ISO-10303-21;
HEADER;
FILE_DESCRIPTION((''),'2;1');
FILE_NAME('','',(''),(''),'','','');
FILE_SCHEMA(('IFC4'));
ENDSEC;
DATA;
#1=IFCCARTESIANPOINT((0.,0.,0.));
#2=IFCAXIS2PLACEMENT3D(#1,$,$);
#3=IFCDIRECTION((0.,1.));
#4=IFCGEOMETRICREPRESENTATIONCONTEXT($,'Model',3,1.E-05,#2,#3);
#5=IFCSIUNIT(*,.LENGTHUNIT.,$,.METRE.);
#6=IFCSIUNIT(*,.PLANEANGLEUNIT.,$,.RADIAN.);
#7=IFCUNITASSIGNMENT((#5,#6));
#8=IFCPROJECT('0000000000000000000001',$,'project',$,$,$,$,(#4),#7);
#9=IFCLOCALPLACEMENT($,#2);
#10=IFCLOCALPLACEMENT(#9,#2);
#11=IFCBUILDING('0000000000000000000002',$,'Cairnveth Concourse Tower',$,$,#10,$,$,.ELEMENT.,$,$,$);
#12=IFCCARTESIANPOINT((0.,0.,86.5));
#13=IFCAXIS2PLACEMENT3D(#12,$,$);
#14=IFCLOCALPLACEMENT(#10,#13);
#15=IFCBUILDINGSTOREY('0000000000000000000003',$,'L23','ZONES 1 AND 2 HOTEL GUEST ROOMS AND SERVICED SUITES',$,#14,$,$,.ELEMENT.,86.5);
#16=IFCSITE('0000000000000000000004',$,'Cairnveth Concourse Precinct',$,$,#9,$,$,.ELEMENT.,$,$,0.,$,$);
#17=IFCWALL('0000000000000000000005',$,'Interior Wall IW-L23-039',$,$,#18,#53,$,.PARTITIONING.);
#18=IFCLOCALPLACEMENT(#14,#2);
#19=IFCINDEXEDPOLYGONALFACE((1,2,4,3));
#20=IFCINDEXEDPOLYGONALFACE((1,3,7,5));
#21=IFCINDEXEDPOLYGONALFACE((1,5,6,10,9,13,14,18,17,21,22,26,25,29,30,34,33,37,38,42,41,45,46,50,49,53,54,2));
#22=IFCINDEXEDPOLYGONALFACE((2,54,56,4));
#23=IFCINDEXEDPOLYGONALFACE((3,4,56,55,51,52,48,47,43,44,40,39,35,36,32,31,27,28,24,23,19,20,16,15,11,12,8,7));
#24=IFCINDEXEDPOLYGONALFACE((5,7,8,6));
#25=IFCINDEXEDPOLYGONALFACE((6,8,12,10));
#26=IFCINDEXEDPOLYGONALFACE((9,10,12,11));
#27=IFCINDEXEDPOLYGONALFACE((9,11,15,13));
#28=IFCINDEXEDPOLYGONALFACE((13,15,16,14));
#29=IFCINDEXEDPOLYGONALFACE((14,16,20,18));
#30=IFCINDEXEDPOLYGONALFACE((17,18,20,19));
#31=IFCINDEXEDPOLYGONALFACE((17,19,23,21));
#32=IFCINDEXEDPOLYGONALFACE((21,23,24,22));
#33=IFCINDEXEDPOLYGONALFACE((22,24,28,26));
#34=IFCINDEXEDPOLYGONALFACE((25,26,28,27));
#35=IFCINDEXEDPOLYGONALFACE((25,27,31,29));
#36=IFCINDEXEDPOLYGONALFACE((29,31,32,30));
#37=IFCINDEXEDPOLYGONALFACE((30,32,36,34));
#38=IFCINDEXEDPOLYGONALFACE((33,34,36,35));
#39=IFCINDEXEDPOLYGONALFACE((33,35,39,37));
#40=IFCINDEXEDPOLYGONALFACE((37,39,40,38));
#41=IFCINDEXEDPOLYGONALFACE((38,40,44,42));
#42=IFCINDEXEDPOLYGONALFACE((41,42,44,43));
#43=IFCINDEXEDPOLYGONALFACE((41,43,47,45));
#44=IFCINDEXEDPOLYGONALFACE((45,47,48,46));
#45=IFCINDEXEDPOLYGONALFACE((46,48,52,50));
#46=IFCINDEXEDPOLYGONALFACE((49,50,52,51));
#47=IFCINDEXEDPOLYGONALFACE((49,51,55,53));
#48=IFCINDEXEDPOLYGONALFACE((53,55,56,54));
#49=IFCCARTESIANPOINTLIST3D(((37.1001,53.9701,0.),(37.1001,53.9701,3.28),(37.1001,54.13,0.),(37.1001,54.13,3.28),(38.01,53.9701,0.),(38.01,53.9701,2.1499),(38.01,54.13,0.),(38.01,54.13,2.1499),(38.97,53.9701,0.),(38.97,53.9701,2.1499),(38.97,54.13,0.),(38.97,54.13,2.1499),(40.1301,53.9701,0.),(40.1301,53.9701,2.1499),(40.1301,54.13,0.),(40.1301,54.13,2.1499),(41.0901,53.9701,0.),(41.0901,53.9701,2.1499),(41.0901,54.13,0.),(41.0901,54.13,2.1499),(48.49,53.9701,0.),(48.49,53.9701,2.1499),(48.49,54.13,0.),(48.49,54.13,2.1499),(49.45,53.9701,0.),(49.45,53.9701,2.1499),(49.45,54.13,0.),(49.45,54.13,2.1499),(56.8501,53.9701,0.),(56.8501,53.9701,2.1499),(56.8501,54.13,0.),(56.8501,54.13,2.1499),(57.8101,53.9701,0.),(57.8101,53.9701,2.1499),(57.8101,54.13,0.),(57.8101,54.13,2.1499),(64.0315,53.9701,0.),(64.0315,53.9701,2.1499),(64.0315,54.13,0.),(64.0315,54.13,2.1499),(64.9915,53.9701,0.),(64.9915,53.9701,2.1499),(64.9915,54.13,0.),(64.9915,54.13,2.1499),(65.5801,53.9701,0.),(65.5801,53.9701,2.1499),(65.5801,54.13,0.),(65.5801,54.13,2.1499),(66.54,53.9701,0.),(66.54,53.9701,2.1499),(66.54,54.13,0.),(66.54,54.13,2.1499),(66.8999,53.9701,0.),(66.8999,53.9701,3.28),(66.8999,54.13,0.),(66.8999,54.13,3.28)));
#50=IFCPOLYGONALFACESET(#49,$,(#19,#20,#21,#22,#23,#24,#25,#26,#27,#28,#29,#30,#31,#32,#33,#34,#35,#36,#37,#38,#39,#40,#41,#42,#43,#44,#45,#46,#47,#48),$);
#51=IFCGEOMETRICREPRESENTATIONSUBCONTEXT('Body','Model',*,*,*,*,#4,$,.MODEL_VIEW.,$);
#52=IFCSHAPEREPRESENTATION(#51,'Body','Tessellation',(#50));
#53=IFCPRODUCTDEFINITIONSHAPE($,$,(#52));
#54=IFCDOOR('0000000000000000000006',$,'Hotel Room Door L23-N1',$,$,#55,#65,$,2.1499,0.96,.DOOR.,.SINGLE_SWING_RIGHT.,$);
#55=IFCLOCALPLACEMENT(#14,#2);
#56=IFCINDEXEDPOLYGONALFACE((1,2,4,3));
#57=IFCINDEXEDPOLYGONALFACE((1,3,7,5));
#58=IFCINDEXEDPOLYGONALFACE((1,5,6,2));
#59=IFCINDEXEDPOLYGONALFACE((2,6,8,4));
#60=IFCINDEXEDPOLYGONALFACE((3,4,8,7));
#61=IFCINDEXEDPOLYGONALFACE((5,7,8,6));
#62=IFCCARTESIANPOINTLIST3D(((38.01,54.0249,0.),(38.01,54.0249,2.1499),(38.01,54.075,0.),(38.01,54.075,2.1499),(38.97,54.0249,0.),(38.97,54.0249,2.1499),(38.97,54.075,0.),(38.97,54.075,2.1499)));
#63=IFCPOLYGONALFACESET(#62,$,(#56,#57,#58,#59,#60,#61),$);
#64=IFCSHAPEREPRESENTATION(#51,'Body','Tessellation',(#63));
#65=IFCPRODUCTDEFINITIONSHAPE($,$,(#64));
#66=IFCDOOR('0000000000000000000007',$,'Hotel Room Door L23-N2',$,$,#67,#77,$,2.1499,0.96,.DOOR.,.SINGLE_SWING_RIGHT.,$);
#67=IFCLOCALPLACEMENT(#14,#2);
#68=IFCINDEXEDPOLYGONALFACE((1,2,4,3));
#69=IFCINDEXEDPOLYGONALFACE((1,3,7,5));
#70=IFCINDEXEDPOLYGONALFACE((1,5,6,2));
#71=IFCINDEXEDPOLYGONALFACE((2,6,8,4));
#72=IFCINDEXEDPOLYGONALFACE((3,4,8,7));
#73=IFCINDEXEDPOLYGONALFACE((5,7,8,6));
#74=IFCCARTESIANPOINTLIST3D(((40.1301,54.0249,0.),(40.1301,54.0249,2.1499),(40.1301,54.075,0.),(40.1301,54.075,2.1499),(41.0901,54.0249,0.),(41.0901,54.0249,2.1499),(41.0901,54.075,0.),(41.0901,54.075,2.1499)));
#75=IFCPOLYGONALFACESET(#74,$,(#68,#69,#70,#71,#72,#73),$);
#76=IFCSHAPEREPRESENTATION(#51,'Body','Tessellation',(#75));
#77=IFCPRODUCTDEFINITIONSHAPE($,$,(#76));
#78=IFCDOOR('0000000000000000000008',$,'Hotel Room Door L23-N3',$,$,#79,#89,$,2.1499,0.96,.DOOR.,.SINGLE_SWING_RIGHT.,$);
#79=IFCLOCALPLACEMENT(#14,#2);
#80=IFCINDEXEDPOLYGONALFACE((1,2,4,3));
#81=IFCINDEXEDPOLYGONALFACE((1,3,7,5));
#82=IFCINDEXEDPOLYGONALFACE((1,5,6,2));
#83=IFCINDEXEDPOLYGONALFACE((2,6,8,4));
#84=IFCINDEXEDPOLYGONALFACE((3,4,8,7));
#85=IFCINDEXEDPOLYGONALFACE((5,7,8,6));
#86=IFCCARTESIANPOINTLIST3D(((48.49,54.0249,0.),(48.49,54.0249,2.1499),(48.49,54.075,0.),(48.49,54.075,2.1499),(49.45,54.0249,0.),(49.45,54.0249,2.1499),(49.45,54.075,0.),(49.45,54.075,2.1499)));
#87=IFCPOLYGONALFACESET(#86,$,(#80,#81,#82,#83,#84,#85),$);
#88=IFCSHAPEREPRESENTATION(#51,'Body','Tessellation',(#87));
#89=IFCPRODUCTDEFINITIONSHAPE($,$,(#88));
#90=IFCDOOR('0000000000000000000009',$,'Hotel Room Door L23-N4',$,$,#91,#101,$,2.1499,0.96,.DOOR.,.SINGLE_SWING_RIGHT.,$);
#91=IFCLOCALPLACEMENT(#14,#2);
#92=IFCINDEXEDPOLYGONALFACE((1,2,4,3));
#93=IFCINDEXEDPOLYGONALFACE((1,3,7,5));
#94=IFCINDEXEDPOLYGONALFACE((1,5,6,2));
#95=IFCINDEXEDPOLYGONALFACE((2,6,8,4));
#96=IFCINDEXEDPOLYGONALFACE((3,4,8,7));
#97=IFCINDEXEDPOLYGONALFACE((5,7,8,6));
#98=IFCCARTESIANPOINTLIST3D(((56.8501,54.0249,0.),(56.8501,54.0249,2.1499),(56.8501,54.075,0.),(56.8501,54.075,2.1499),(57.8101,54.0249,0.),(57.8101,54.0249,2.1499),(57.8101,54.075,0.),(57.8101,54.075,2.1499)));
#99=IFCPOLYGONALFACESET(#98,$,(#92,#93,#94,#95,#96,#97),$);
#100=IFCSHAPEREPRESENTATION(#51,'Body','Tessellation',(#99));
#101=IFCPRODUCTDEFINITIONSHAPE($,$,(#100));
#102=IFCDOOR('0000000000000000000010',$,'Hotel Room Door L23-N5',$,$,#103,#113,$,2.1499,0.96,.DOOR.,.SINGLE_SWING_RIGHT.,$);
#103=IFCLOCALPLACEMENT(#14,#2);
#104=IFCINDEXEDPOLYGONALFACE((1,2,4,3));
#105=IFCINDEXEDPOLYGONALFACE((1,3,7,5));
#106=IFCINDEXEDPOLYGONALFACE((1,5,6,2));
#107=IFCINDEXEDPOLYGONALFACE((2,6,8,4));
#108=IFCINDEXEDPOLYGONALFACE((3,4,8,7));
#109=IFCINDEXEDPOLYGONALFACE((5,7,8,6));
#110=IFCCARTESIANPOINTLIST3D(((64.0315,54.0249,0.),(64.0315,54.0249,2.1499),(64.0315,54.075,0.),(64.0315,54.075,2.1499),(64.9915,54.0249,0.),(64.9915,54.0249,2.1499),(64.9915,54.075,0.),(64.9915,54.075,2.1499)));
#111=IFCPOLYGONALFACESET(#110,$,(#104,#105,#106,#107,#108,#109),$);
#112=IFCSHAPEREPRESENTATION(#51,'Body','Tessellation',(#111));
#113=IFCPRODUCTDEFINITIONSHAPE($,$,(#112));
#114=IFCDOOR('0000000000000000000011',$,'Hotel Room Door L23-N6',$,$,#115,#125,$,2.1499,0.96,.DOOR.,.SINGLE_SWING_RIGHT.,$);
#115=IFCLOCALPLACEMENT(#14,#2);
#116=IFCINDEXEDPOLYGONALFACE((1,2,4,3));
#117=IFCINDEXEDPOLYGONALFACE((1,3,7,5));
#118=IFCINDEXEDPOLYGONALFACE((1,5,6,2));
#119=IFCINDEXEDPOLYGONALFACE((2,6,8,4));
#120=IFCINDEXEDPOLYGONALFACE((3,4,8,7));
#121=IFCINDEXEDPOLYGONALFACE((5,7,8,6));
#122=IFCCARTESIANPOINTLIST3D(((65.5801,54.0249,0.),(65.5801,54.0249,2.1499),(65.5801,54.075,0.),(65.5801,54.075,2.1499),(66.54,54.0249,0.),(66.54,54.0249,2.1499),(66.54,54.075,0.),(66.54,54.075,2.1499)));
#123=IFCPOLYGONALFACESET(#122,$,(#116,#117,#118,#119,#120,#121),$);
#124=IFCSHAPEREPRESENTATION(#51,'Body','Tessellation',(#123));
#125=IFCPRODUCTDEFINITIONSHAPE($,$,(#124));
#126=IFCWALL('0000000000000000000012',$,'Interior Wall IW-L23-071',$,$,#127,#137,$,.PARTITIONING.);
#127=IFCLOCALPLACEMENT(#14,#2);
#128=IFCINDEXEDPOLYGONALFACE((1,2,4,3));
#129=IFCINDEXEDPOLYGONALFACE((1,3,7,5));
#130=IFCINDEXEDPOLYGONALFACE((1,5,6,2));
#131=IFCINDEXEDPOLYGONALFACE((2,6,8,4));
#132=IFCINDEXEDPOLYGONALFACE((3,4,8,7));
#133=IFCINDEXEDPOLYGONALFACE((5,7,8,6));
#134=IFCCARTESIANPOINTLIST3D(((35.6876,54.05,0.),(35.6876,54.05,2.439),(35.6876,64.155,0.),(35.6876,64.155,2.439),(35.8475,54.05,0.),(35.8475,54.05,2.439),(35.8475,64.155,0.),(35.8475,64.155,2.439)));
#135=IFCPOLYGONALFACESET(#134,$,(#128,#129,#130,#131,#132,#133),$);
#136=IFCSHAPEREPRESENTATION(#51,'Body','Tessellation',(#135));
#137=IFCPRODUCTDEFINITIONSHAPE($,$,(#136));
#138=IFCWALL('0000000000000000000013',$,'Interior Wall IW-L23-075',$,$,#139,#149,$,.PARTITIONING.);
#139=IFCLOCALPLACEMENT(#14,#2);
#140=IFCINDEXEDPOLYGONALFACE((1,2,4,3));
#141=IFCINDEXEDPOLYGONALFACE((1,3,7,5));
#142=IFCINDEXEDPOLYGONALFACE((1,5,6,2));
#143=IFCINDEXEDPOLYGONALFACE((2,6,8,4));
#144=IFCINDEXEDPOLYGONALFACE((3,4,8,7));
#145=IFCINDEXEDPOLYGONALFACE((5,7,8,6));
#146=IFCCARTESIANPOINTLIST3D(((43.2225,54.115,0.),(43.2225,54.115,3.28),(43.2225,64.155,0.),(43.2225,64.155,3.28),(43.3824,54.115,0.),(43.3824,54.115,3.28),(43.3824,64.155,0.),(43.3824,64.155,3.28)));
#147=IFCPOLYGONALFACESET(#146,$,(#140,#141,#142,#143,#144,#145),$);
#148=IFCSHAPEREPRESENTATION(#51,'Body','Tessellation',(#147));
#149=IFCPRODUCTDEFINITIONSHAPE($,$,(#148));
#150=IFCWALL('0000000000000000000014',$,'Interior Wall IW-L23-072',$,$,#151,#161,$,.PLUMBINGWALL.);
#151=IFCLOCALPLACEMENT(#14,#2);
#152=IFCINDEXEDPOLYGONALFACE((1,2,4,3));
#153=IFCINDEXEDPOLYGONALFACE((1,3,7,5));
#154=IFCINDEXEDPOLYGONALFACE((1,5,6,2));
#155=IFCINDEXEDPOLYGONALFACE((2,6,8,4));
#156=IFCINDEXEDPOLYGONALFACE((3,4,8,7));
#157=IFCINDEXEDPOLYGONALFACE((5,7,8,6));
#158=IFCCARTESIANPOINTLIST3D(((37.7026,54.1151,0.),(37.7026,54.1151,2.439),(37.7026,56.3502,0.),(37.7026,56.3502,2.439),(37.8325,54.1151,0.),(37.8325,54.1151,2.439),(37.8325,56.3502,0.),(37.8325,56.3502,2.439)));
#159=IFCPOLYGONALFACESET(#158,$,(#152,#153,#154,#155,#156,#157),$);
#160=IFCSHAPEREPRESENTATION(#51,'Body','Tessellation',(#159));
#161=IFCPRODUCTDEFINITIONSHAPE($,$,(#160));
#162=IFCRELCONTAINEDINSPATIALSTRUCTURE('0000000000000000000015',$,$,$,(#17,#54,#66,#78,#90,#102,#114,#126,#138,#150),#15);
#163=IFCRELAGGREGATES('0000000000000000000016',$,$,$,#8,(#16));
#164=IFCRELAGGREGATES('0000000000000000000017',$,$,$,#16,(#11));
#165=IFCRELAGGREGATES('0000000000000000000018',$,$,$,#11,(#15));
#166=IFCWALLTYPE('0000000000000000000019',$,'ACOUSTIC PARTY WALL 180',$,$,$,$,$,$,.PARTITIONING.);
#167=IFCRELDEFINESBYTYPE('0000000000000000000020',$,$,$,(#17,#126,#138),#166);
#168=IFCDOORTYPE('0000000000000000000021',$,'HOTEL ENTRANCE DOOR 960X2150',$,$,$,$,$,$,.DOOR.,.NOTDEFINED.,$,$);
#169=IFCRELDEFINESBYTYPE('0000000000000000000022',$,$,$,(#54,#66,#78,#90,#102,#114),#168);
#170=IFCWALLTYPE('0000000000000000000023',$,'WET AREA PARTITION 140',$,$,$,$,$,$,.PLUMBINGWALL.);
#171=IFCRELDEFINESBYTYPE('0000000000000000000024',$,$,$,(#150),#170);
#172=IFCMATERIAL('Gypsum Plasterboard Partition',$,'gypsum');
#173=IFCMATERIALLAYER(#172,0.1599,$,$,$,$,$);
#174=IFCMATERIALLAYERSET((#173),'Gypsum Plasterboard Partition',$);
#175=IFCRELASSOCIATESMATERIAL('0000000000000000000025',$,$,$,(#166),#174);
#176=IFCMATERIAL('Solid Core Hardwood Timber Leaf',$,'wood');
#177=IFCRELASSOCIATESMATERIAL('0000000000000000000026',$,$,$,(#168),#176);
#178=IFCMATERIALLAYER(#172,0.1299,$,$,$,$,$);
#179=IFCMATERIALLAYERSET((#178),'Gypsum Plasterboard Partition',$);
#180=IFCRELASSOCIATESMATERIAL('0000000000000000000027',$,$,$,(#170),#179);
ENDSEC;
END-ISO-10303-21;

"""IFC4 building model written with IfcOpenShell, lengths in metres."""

from ifc_helpers import new_model, si_unit, direction, frame, frame_2d, origin, place, context, subcontext, project, spatial, rectangle, extrude, material, layer, layer_set, type_object, element, fill, save


model = new_model("IFC4")

# Units and contexts
model_context = context("Model", 3, precision=1e-05, world=origin(), true_north=direction((0.0, 1.0)))
body_context = subcontext(model_context, "Body", "Model", "MODEL_VIEW")
ifc_project = project(units=[si_unit("LENGTHUNIT", "METRE"), si_unit("PLANEANGLEUNIT", "RADIAN")], contexts=[model_context])

# Site, building, storey
site_placement = place(None, origin())
site = spatial("IfcSite", under=ifc_project, at=site_placement, Name="Cairnveth Concourse Precinct", CompositionType="ELEMENT", RefElevation=0.0)
building_placement = place(site_placement, origin())
building = spatial("IfcBuilding", under=site, at=building_placement, Name="Cairnveth Concourse Tower", CompositionType="ELEMENT")
storey_placement = place(building_placement, frame((0.0, 0.0, 86.5)))
storey = spatial("IfcBuildingStorey", under=building, at=storey_placement, Name="L23", Description="ZONES 1 AND 2 HOTEL GUEST ROOMS AND SERVICED SUITES", CompositionType="ELEMENT", Elevation=86.5)

# Wall, openings, doors
ifc_material_1 = material(Name="Gypsum Plasterboard Partition", Category="gypsum")
ifc_layer_1 = layer(ifc_material_1, 0.1599)
ifc_layer_set_1 = layer_set([ifc_layer_1], Name="Gypsum Plasterboard Partition")
wall_type_1 = type_object("IfcWallType", Name="ACOUSTIC PARTY WALL 180", PredefinedType="PARTITIONING", material=ifc_layer_set_1)
wall_1_placement = place(storey_placement, frame((37.1001, 54.05, 0.0), z_axis=(0.0, 0.0, 1.0), x_axis=(1.0, 0.0, 0.0)))
wall_1 = element("IfcWall", 1, at=wall_1_placement, inside=storey, type_object=wall_type_1, Name="Interior Wall IW-L23-039", PredefinedType="PARTITIONING", context=body_context, shape_type="SweptSolid", body=[
    extrude(rectangle(XDim=29.7998, YDim=0.1599, at=frame_2d((14.8999, 0.0))), origin(), (0.0, 0.0, 1.0), 3.28),
])
opening_1_placement = place(wall_1_placement, frame((0.9099, 0.0, 0.0)))
opening_1 = element("IfcOpeningElement", 2, at=opening_1_placement, cuts=wall_1, PredefinedType="OPENING", context=body_context, shape_type="SweptSolid", body=[
    extrude(rectangle(XDim=0.96, YDim=2.1499, at=frame_2d((0.48, 1.075))), frame((0.0, 0.0898, 0.0), z_axis=(0.0, -1.0, 0.0), x_axis=(1.0, 0.0, 0.0)), (0.0, 0.0, 1.0), 0.1799),
])
opening_2_placement = place(wall_1_placement, frame((3.03, 0.0, 0.0)))
opening_2 = element("IfcOpeningElement", 3, at=opening_2_placement, cuts=wall_1, PredefinedType="OPENING", context=body_context, shape_type="SweptSolid", body=[
    extrude(rectangle(XDim=0.96, YDim=2.1499, at=frame_2d((0.48, 1.075))), frame((0.0, 0.0898, 0.0), z_axis=(0.0, -1.0, 0.0), x_axis=(1.0, 0.0, 0.0)), (0.0, 0.0, 1.0), 0.1799),
])
opening_3_placement = place(wall_1_placement, frame((11.3899, 0.0, 0.0)))
opening_3 = element("IfcOpeningElement", 4, at=opening_3_placement, cuts=wall_1, PredefinedType="OPENING", context=body_context, shape_type="SweptSolid", body=[
    extrude(rectangle(XDim=0.96, YDim=2.1499, at=frame_2d((0.48, 1.075))), frame((0.0, 0.0898, 0.0), z_axis=(0.0, -1.0, 0.0), x_axis=(1.0, 0.0, 0.0)), (0.0, 0.0, 1.0), 0.1799),
])
opening_4_placement = place(wall_1_placement, frame((19.75, 0.0, 0.0)))
opening_4 = element("IfcOpeningElement", 5, at=opening_4_placement, cuts=wall_1, PredefinedType="OPENING", context=body_context, shape_type="SweptSolid", body=[
    extrude(rectangle(XDim=0.96, YDim=2.1499, at=frame_2d((0.48, 1.075))), frame((0.0, 0.0898, 0.0), z_axis=(0.0, -1.0, 0.0), x_axis=(1.0, 0.0, 0.0)), (0.0, 0.0, 1.0), 0.1799),
])
opening_5_placement = place(wall_1_placement, frame((26.9314, 0.0, 0.0)))
opening_5 = element("IfcOpeningElement", 6, at=opening_5_placement, cuts=wall_1, PredefinedType="OPENING", context=body_context, shape_type="SweptSolid", body=[
    extrude(rectangle(XDim=0.96, YDim=2.1499, at=frame_2d((0.48, 1.075))), frame((0.0, 0.0898, 0.0), z_axis=(0.0, -1.0, 0.0), x_axis=(1.0, 0.0, 0.0)), (0.0, 0.0, 1.0), 0.1799),
])
opening_6_placement = place(wall_1_placement, frame((28.48, 0.0, 0.0)))
opening_6 = element("IfcOpeningElement", 7, at=opening_6_placement, cuts=wall_1, PredefinedType="OPENING", context=body_context, shape_type="SweptSolid", body=[
    extrude(rectangle(XDim=0.96, YDim=2.1499, at=frame_2d((0.48, 1.075))), frame((0.0, 0.0898, 0.0), z_axis=(0.0, -1.0, 0.0), x_axis=(1.0, 0.0, 0.0)), (0.0, 0.0, 1.0), 0.1799),
])
ifc_material_2 = material(Name="Solid Core Hardwood Timber Leaf", Category="wood")
door_type_1 = type_object("IfcDoorType", Name="HOTEL ENTRANCE DOOR 960X2150", OperationType="NOTDEFINED", PredefinedType="DOOR", material=ifc_material_2)
door_1_placement = place(opening_1_placement, origin())
door_1 = element("IfcDoor", 8, at=door_1_placement, inside=storey, type_object=door_type_1, Name="Hotel Room Door L23-N1", OperationType="SINGLE_SWING_RIGHT", OverallHeight=2.1499, OverallWidth=0.96, PredefinedType="DOOR", context=body_context, shape_type="SweptSolid", body=[
    extrude(rectangle(XDim=0.96, YDim=2.1499, at=frame_2d((0.48, 1.075))), frame((0.0, 0.0249, 0.0), z_axis=(0.0, -1.0, 0.0), x_axis=(1.0, 0.0, 0.0)), (0.0, 0.0, 1.0), 0.05),
])
fill(opening_1, door_1)
door_2_placement = place(opening_2_placement, origin())
door_2 = element("IfcDoor", 9, at=door_2_placement, inside=storey, type_object=door_type_1, Name="Hotel Room Door L23-N2", OperationType="SINGLE_SWING_RIGHT", OverallHeight=2.1499, OverallWidth=0.96, PredefinedType="DOOR", context=body_context, shape_type="SweptSolid", body=[
    extrude(rectangle(XDim=0.96, YDim=2.1499, at=frame_2d((0.48, 1.075))), frame((0.0, 0.0249, 0.0), z_axis=(0.0, -1.0, 0.0), x_axis=(1.0, 0.0, 0.0)), (0.0, 0.0, 1.0), 0.05),
])
fill(opening_2, door_2)
door_3_placement = place(opening_3_placement, origin())
door_3 = element("IfcDoor", 10, at=door_3_placement, inside=storey, type_object=door_type_1, Name="Hotel Room Door L23-N3", OperationType="SINGLE_SWING_RIGHT", OverallHeight=2.1499, OverallWidth=0.96, PredefinedType="DOOR", context=body_context, shape_type="SweptSolid", body=[
    extrude(rectangle(XDim=0.96, YDim=2.1499, at=frame_2d((0.48, 1.075))), frame((0.0, 0.0249, 0.0), z_axis=(0.0, -1.0, 0.0), x_axis=(1.0, 0.0, 0.0)), (0.0, 0.0, 1.0), 0.05),
])
fill(opening_3, door_3)
door_4_placement = place(opening_4_placement, origin())
door_4 = element("IfcDoor", 11, at=door_4_placement, inside=storey, type_object=door_type_1, Name="Hotel Room Door L23-N4", OperationType="SINGLE_SWING_RIGHT", OverallHeight=2.1499, OverallWidth=0.96, PredefinedType="DOOR", context=body_context, shape_type="SweptSolid", body=[
    extrude(rectangle(XDim=0.96, YDim=2.1499, at=frame_2d((0.48, 1.075))), frame((0.0, 0.0249, 0.0), z_axis=(0.0, -1.0, 0.0), x_axis=(1.0, 0.0, 0.0)), (0.0, 0.0, 1.0), 0.05),
])
fill(opening_4, door_4)
door_5_placement = place(opening_5_placement, origin())
door_5 = element("IfcDoor", 12, at=door_5_placement, inside=storey, type_object=door_type_1, Name="Hotel Room Door L23-N5", OperationType="SINGLE_SWING_RIGHT", OverallHeight=2.1499, OverallWidth=0.96, PredefinedType="DOOR", context=body_context, shape_type="SweptSolid", body=[
    extrude(rectangle(XDim=0.96, YDim=2.1499, at=frame_2d((0.48, 1.075))), frame((0.0, 0.0249, 0.0), z_axis=(0.0, -1.0, 0.0), x_axis=(1.0, 0.0, 0.0)), (0.0, 0.0, 1.0), 0.05),
])
fill(opening_5, door_5)
door_6_placement = place(opening_6_placement, origin())
door_6 = element("IfcDoor", 13, at=door_6_placement, inside=storey, type_object=door_type_1, Name="Hotel Room Door L23-N6", OperationType="SINGLE_SWING_RIGHT", OverallHeight=2.1499, OverallWidth=0.96, PredefinedType="DOOR", context=body_context, shape_type="SweptSolid", body=[
    extrude(rectangle(XDim=0.96, YDim=2.1499, at=frame_2d((0.48, 1.075))), frame((0.0, 0.0249, 0.0), z_axis=(0.0, -1.0, 0.0), x_axis=(1.0, 0.0, 0.0)), (0.0, 0.0, 1.0), 0.05),
])
fill(opening_6, door_6)

# Walls
wall_2_placement = place(storey_placement, frame((35.7676, 54.05, 0.0), z_axis=(0.0, 0.0, 1.0), x_axis=(0.0, 1.0, 0.0)))
element("IfcWall", 14, at=wall_2_placement, inside=storey, type_object=wall_type_1, Name="Interior Wall IW-L23-071", PredefinedType="PARTITIONING", context=body_context, shape_type="SweptSolid", body=[
    extrude(rectangle(XDim=10.105, YDim=0.1599, at=frame_2d((5.0525, 0.0))), origin(), (0.0, 0.0, 1.0), 2.439),
])
wall_3_placement = place(storey_placement, frame((43.3025, 54.115, 0.0), z_axis=(0.0, 0.0, 1.0), x_axis=(0.0, 1.0, 0.0)))
element("IfcWall", 15, at=wall_3_placement, inside=storey, type_object=wall_type_1, Name="Interior Wall IW-L23-075", PredefinedType="PARTITIONING", context=body_context, shape_type="SweptSolid", body=[
    extrude(rectangle(XDim=10.04, YDim=0.1599, at=frame_2d((5.02, 0.0))), origin(), (0.0, 0.0, 1.0), 3.28),
])
ifc_layer_2 = layer(ifc_material_1, 0.1299)
ifc_layer_set_2 = layer_set([ifc_layer_2], Name="Gypsum Plasterboard Partition")
wall_type_2 = type_object("IfcWallType", Name="WET AREA PARTITION 140", PredefinedType="PLUMBINGWALL", material=ifc_layer_set_2)
wall_4_placement = place(storey_placement, frame((37.7676, 54.115, 0.0), z_axis=(0.0, 0.0, 1.0), x_axis=(0.0, 1.0, 0.0)))
element("IfcWall", 16, at=wall_4_placement, inside=storey, type_object=wall_type_2, Name="Interior Wall IW-L23-072", PredefinedType="PLUMBINGWALL", context=body_context, shape_type="SweptSolid", body=[
    extrude(rectangle(XDim=2.2351, YDim=0.1299, at=frame_2d((1.1177, 0.0))), origin(), (0.0, 0.0, 1.0), 2.439),
])

save(model, "model.ifc")
